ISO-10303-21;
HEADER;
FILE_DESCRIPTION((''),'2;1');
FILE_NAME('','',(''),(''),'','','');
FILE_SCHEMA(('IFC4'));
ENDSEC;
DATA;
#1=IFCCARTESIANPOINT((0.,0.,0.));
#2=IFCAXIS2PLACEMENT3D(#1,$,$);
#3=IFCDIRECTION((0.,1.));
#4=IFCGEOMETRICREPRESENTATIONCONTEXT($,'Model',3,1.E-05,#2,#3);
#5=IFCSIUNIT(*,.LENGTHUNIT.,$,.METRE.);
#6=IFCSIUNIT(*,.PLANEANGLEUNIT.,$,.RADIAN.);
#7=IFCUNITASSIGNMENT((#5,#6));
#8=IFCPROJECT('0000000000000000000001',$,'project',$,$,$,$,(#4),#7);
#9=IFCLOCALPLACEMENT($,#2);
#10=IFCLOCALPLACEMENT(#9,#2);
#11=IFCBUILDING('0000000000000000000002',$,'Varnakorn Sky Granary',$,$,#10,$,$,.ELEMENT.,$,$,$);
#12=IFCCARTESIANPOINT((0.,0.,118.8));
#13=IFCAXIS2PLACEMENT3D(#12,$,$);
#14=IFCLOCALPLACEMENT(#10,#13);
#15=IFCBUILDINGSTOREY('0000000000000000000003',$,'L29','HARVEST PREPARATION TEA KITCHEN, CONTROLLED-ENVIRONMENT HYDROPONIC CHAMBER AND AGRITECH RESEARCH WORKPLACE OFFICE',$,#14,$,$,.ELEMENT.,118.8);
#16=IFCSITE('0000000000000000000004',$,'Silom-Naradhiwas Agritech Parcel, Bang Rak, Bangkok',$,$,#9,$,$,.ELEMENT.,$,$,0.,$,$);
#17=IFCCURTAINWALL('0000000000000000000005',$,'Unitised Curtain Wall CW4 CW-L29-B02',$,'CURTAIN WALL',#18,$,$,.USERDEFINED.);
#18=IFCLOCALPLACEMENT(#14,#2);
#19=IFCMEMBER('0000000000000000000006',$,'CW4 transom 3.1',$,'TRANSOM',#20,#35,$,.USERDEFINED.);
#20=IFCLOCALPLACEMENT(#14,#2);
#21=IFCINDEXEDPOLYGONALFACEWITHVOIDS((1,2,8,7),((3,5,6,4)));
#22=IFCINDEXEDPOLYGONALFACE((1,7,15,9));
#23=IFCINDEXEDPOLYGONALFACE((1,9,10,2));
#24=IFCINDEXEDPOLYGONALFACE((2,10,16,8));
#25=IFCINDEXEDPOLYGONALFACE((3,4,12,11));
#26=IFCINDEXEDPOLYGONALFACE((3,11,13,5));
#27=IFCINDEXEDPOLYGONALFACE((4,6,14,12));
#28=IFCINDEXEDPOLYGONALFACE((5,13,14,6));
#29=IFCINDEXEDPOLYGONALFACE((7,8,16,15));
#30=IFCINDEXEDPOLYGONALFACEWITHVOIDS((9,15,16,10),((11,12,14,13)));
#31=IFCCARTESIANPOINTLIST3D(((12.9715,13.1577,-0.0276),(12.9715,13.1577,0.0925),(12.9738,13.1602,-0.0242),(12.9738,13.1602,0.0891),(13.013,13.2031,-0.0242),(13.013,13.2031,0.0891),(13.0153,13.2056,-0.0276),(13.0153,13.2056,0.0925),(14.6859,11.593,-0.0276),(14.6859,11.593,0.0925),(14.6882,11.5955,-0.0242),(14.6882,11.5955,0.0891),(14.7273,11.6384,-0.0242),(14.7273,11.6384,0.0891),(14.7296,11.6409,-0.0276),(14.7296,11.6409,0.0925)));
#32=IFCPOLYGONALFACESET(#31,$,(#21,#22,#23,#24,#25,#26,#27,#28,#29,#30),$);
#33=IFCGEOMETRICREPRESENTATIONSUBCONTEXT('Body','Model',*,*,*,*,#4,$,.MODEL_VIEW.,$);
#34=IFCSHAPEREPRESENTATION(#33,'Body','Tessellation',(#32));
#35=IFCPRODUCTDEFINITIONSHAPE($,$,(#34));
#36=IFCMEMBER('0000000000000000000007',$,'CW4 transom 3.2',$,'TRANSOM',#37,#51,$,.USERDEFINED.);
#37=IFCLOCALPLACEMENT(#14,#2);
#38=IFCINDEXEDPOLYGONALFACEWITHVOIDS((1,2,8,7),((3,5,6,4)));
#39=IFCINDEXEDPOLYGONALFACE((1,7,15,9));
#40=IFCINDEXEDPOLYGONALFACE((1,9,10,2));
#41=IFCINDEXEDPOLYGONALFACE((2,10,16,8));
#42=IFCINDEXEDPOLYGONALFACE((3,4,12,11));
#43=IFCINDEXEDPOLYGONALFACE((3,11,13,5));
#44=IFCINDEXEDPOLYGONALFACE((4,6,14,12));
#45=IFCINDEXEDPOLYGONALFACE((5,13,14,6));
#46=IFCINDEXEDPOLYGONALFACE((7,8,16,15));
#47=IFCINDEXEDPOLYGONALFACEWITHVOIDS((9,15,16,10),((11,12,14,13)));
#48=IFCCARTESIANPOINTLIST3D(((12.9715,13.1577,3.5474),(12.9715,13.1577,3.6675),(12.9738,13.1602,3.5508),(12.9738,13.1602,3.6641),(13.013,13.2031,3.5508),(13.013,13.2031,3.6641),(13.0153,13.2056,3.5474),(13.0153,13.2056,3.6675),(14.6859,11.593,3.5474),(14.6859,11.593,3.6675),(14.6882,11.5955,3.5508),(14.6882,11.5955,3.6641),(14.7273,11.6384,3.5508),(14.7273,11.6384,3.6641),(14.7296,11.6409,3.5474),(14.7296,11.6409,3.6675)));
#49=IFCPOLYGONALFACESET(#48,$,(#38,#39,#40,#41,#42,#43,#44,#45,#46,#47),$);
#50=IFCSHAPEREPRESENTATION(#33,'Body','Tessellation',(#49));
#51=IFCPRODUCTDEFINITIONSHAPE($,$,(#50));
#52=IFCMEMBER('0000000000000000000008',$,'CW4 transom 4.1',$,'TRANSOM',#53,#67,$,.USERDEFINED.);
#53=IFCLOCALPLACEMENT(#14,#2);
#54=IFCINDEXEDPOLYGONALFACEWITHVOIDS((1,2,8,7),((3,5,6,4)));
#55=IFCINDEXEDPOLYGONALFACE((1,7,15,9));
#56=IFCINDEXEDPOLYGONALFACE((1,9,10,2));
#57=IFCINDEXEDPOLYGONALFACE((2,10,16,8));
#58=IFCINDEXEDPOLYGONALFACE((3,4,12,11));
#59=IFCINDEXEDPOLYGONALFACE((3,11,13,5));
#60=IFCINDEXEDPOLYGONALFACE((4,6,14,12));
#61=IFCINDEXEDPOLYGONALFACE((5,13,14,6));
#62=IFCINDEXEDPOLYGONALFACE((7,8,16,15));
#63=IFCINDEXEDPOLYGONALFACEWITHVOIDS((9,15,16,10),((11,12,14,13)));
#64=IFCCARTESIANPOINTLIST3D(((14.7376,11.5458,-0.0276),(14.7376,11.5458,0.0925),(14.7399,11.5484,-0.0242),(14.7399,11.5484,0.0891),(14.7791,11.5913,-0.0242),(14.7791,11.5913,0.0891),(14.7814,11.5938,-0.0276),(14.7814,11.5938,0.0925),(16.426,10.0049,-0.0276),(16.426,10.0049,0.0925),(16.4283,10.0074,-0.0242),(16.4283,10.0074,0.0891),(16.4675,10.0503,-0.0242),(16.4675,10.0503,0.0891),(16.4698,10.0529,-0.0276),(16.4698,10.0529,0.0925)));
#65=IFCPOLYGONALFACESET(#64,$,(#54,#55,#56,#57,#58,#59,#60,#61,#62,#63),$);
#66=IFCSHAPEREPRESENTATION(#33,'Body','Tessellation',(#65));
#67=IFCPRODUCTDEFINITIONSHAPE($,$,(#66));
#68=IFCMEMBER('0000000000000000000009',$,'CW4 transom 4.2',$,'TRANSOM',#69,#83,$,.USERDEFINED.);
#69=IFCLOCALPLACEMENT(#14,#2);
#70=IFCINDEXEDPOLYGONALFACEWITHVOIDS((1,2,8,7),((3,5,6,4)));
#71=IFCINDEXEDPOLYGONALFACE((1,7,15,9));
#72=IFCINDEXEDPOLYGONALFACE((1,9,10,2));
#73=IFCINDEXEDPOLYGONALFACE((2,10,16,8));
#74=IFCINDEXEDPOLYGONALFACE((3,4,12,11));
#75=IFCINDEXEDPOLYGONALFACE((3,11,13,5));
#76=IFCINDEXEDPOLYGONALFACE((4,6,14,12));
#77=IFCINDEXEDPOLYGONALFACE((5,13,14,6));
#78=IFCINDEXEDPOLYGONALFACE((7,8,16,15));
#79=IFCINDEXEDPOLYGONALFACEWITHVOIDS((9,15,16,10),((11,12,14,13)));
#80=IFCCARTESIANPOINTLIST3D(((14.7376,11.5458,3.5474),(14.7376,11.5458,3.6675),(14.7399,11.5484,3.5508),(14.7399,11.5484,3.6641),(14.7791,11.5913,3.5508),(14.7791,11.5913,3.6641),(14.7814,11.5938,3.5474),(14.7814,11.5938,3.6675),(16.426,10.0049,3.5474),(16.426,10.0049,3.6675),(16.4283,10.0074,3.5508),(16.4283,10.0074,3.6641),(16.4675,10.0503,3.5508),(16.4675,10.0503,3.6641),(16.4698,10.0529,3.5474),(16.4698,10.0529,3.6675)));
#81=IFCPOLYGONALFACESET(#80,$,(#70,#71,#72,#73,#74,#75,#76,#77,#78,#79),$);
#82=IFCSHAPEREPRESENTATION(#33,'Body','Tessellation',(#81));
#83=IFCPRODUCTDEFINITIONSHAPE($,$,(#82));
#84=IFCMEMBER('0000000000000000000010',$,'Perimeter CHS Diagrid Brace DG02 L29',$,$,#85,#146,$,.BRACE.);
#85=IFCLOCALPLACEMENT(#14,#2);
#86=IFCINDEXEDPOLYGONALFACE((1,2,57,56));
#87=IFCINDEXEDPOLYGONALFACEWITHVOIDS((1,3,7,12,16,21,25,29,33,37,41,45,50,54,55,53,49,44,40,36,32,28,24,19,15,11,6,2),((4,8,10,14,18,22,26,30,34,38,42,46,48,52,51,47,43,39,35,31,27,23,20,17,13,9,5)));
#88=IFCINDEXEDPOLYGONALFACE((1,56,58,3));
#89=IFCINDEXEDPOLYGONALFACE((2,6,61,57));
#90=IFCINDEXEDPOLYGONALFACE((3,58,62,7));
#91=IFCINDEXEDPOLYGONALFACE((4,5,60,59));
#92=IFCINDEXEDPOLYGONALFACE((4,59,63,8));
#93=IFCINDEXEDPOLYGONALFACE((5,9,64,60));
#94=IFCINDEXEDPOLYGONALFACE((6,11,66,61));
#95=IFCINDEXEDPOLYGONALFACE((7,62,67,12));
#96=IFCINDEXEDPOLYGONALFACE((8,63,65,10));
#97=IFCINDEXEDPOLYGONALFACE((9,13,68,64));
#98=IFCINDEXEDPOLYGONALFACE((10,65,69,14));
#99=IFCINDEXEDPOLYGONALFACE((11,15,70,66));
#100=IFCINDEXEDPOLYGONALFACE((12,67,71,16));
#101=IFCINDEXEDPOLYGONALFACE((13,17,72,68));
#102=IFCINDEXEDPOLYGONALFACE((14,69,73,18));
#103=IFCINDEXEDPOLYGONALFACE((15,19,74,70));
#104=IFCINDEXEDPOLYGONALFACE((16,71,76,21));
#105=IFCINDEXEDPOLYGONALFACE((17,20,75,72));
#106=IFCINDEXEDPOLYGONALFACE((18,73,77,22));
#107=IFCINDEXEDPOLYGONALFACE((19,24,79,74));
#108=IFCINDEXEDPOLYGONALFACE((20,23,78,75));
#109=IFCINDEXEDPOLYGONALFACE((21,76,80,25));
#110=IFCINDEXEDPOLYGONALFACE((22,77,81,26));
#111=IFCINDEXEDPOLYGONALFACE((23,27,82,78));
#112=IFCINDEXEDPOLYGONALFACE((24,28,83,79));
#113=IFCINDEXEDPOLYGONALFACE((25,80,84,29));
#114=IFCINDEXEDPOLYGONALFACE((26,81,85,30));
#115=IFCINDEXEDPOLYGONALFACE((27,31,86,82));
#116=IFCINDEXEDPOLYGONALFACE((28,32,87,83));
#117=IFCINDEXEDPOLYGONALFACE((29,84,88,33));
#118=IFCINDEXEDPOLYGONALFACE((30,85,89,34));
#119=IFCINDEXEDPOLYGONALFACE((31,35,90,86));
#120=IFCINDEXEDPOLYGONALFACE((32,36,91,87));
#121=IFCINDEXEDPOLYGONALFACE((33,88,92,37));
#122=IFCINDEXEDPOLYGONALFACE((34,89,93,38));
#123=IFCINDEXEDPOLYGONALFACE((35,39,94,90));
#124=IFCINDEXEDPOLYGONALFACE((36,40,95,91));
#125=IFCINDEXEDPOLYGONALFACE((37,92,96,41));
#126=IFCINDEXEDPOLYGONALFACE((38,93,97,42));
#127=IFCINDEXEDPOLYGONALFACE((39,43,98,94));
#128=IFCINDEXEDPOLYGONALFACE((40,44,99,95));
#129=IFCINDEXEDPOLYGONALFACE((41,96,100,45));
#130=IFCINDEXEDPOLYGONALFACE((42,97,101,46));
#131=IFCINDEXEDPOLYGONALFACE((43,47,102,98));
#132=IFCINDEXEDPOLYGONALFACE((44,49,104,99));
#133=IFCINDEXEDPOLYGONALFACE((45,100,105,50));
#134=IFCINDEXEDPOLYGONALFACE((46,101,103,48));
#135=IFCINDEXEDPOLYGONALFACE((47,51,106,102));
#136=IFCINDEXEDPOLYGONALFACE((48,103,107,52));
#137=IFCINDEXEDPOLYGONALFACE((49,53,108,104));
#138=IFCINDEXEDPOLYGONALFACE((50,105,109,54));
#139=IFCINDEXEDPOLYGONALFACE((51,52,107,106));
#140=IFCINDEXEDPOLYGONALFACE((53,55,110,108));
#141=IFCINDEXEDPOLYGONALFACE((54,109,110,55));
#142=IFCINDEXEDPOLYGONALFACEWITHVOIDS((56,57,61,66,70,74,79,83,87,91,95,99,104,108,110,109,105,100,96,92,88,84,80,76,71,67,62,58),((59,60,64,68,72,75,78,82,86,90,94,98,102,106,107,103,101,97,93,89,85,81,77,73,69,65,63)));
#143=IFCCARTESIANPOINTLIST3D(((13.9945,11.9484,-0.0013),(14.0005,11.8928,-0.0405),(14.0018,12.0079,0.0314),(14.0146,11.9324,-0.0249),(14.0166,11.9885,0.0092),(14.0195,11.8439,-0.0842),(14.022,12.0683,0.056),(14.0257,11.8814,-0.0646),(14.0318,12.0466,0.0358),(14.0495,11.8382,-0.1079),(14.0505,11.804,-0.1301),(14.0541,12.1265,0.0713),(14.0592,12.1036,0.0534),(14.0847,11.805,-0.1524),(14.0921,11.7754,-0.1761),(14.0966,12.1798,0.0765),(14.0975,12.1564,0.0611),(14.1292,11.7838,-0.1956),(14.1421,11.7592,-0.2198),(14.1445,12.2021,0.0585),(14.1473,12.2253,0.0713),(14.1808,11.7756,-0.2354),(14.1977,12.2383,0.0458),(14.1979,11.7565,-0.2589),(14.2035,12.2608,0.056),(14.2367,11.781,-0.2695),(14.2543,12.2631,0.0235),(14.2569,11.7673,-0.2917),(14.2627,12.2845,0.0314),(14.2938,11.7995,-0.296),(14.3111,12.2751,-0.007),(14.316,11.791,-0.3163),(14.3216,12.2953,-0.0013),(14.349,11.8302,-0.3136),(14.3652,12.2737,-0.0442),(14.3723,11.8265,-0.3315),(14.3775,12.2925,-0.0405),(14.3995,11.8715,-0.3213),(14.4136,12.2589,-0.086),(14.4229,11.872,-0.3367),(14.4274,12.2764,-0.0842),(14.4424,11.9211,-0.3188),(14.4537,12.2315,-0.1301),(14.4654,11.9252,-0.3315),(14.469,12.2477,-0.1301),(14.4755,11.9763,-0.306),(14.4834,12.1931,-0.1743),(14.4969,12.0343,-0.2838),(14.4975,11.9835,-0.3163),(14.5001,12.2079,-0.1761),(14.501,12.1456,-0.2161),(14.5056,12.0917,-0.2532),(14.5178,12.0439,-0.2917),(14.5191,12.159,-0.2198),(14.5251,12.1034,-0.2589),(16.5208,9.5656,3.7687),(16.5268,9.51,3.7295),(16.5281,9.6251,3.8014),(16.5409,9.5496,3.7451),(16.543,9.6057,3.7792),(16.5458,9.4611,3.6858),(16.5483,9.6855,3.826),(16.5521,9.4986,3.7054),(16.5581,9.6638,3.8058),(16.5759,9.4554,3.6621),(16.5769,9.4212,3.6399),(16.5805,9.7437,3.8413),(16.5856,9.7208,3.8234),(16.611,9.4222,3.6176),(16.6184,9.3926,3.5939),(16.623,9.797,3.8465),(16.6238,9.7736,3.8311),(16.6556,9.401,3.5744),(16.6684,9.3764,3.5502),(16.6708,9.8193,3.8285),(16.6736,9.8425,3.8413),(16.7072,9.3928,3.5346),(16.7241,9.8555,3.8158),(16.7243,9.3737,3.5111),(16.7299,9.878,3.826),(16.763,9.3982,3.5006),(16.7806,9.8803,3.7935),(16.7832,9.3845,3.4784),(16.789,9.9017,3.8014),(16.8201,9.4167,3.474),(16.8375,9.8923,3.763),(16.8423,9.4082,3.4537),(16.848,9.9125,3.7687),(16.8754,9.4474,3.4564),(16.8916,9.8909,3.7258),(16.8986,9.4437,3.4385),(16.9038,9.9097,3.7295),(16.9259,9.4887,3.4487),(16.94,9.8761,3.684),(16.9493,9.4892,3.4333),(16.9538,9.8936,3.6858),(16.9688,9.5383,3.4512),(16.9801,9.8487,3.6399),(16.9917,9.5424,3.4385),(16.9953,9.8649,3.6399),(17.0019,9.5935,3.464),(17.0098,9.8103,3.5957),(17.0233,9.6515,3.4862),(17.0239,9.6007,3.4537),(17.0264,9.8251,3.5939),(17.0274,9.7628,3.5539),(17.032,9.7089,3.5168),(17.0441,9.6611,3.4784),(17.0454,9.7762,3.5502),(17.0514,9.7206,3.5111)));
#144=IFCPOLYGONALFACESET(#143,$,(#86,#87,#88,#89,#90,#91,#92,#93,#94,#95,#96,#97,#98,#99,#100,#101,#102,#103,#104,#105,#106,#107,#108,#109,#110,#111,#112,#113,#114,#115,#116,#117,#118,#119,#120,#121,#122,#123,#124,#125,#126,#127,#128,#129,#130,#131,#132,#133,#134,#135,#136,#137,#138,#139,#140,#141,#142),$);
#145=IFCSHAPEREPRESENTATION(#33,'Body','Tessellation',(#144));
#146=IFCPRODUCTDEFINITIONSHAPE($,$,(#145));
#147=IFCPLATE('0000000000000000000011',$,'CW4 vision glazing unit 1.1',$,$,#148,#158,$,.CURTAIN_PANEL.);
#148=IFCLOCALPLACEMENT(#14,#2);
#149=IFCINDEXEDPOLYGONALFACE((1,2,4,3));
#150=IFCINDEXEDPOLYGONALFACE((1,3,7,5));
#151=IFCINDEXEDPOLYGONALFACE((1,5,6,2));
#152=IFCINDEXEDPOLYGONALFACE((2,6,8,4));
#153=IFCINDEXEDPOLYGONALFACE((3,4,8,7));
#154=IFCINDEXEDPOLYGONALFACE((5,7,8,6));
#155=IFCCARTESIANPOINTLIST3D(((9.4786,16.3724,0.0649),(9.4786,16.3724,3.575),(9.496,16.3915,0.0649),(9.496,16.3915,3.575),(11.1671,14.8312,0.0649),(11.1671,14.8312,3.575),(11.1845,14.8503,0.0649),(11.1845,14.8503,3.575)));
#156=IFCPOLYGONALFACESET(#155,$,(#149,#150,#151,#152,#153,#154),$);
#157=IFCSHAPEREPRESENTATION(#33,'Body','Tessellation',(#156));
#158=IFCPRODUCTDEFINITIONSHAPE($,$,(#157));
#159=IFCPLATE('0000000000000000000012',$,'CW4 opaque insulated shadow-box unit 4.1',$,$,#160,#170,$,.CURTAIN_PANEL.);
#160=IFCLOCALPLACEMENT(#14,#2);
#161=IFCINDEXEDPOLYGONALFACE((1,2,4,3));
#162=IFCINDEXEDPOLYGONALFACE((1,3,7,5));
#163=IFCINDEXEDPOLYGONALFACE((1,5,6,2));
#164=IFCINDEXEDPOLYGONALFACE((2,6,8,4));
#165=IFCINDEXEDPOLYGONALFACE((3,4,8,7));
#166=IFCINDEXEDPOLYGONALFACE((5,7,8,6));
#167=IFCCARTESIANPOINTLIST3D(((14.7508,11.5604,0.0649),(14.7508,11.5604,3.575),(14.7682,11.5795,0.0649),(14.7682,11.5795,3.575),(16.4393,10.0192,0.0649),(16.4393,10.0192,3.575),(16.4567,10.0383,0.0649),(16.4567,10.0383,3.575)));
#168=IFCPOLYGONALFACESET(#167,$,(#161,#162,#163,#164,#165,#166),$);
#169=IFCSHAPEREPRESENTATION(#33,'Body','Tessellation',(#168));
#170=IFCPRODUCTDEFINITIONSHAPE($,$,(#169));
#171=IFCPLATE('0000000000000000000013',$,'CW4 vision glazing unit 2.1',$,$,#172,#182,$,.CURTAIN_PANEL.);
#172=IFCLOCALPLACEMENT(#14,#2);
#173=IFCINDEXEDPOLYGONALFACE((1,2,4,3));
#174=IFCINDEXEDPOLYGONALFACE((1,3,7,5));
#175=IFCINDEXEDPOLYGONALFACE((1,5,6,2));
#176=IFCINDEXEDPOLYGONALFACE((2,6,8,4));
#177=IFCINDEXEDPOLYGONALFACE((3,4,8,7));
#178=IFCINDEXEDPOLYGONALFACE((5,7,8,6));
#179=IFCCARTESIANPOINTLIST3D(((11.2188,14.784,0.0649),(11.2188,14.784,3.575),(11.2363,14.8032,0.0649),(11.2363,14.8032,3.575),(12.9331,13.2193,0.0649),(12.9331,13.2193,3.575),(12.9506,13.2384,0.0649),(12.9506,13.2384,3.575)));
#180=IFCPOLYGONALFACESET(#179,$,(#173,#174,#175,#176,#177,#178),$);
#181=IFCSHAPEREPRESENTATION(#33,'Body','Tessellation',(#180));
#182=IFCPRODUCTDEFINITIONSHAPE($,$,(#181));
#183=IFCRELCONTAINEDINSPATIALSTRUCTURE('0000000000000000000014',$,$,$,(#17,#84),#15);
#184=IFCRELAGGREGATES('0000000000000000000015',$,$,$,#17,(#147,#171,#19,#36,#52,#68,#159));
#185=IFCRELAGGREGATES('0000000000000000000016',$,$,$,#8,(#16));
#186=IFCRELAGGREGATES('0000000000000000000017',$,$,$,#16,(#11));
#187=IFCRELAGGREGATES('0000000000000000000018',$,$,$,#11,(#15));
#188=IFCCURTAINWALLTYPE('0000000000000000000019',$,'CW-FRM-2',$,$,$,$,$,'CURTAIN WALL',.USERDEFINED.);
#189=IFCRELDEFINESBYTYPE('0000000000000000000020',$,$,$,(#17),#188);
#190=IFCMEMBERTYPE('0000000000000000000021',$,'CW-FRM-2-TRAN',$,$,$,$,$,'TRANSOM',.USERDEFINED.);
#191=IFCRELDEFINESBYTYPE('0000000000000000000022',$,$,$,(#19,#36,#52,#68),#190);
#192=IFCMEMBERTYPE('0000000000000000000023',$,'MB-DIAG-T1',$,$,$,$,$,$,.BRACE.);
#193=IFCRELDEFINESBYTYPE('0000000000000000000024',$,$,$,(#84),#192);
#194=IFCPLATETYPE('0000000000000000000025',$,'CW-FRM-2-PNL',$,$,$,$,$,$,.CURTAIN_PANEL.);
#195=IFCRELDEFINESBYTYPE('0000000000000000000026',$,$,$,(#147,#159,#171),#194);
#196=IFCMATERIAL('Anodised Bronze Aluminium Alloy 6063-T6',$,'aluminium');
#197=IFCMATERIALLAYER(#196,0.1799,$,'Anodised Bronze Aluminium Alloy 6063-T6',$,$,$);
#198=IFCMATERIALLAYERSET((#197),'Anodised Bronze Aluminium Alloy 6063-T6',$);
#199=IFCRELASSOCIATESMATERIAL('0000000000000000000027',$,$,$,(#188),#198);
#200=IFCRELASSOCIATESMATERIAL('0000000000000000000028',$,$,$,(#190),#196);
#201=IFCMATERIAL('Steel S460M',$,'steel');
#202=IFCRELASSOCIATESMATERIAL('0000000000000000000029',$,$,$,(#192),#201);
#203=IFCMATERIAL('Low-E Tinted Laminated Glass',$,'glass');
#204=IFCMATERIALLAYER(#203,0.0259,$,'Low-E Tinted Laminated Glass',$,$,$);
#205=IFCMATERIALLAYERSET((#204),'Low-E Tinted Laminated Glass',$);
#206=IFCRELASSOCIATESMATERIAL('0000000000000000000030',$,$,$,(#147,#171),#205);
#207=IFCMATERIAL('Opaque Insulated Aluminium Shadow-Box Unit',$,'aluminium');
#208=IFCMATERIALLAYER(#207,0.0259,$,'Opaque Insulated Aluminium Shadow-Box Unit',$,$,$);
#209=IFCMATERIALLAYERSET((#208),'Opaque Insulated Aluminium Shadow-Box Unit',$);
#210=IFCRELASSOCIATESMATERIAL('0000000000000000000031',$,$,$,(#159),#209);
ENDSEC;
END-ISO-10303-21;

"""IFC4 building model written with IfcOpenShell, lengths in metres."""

from ifc_helpers import new_model, si_unit, direction, frame, origin, origin_2d, place, context, subcontext, project, spatial, rectangle, hollow_rectangle, hollow_circle, extrude, source, transform, mapped, material, layer, layer_set, material_profile, profile_set, type_object, type_shapes, element, aggregate, save


model = new_model("IFC4")

# Units and contexts
model_context = context("Model", 3, precision=1e-05, world=origin(), true_north=direction((0.0, 1.0)))
body_context = subcontext(model_context, "Body", "Model", "MODEL_VIEW")
ifc_project = project(units=[si_unit("LENGTHUNIT", "METRE"), si_unit("PLANEANGLEUNIT", "RADIAN")], contexts=[model_context])

# Site, building, storey
site_placement = place(None, origin())
site = spatial("IfcSite", under=ifc_project, at=site_placement, Name="Silom-Naradhiwas Agritech Parcel, Bang Rak, Bangkok", CompositionType="ELEMENT", RefElevation=0.0)
building_placement = place(site_placement, origin())
building = spatial("IfcBuilding", under=site, at=building_placement, Name="Varnakorn Sky Granary", CompositionType="ELEMENT")
storey_placement = place(building_placement, frame((0.0, 0.0, 118.8)))
storey = spatial("IfcBuildingStorey", under=building, at=storey_placement, Name="L29", Description="HARVEST PREPARATION TEA KITCHEN, CONTROLLED-ENVIRONMENT HYDROPONIC CHAMBER AND AGRITECH RESEARCH WORKPLACE OFFICE", CompositionType="ELEMENT", Elevation=118.8)

# Curtain wall, members
ifc_material_1 = material(Name="Anodised Bronze Aluminium Alloy 6063-T6", Category="aluminium")
ifc_layer_1 = layer(ifc_material_1, 0.1799, Name="Anodised Bronze Aluminium Alloy 6063-T6")
ifc_layer_set_1 = layer_set([ifc_layer_1], Name="Anodised Bronze Aluminium Alloy 6063-T6")
curtain_wall_type = type_object("IfcCurtainWallType", Name="CW-FRM-2", ElementType="CURTAIN WALL", PredefinedType="USERDEFINED", material=ifc_layer_set_1)
curtain_wall_placement = place(storey_placement, origin())
curtain_wall = element("IfcCurtainWall", 1, at=curtain_wall_placement, inside=storey, type_object=curtain_wall_type, Name="Unitised Curtain Wall CW4 CW-L29-B02", ObjectType="CURTAIN WALL", PredefinedType="USERDEFINED")
ifc_material_profile_1 = material_profile(ifc_material_1, hollow_rectangle(XDim=0.0649, YDim=0.1201, WallThickness=0.0034, at=origin_2d()), Name="ALU TRAN 65x120")
ifc_profile_set_1 = profile_set([ifc_material_profile_1], Name="Anodised Bronze Aluminium Alloy 6063-T6")
member_type_1 = type_object("IfcMemberType", Name="CW-FRM-2-TRAN", ElementType="TRANSOM", PredefinedType="USERDEFINED", material=ifc_profile_set_1)
member_1_placement = place(storey_placement, frame((12.9934, 13.1816, 0.0325), z_axis=(0.738611, -0.674132, 0.0), x_axis=(0.674132, 0.738611, 0.0)))
member_1 = element("IfcMember", 2, at=member_1_placement, type_object=member_type_1, Name="CW4 transom 3.1", ObjectType="TRANSOM", PredefinedType="USERDEFINED", context=body_context, shape_type="SweptSolid", body=[
    extrude(hollow_rectangle(XDim=0.0649, YDim=0.1201, WallThickness=0.0034, at=origin_2d()), origin(), (0.0, 0.0, 1.0), 2.321),
])
member_2_placement = place(storey_placement, frame((12.9934, 13.1816, 3.6074), z_axis=(0.738611, -0.674132, 0.0), x_axis=(0.674132, 0.738611, 0.0)))
member_2 = element("IfcMember", 3, at=member_2_placement, type_object=member_type_1, Name="CW4 transom 3.2", ObjectType="TRANSOM", PredefinedType="USERDEFINED", context=body_context, shape_type="SweptSolid", body=[
    extrude(hollow_rectangle(XDim=0.0649, YDim=0.1201, WallThickness=0.0034, at=origin_2d()), origin(), (0.0, 0.0, 1.0), 2.321),
])
member_3_placement = place(storey_placement, frame((14.7595, 11.5698, 0.0325), z_axis=(0.738624, -0.674117, 0.0), x_axis=(0.674117, 0.738624, 0.0)))
member_3 = element("IfcMember", 4, at=member_3_placement, type_object=member_type_1, Name="CW4 transom 4.1", ObjectType="TRANSOM", PredefinedType="USERDEFINED", context=body_context, shape_type="SweptSolid", body=[
    extrude(hollow_rectangle(XDim=0.0649, YDim=0.1201, WallThickness=0.0034, at=origin_2d()), origin(), (0.0, 0.0, 1.0), 2.2859),
])
member_4_placement = place(storey_placement, frame((14.7595, 11.5698, 3.6074), z_axis=(0.738624, -0.674117, 0.0), x_axis=(0.674117, 0.738624, 0.0)))
member_4 = element("IfcMember", 5, at=member_4_placement, type_object=member_type_1, Name="CW4 transom 4.2", ObjectType="TRANSOM", PredefinedType="USERDEFINED", context=body_context, shape_type="SweptSolid", body=[
    extrude(hollow_rectangle(XDim=0.0649, YDim=0.1201, WallThickness=0.0034, at=origin_2d()), origin(), (0.0, 0.0, 1.0), 2.2859),
])

# Member
ifc_material_2 = material(Name="Steel S460M", Category="steel")
ifc_material_profile_2 = material_profile(ifc_material_2, hollow_circle(Radius=0.3049, WallThickness=0.0222, at=origin_2d()), Name="CHS 610x22")
ifc_profile_set_2 = profile_set([ifc_material_profile_2], Name="Steel S460M")
member_type_2 = type_object("IfcMemberType", Name="MB-DIAG-T1", PredefinedType="BRACE", material=ifc_profile_set_2)
member_5_placement = place(storey_placement, frame((14.2598, 12.0259, -0.1301), z_axis=(0.492877, -0.46487, 0.735505), x_axis=(0.686136, 0.727473, 0.0)))
element("IfcMember", 6, at=member_5_placement, inside=storey, type_object=member_type_2, Name="Perimeter CHS Diagrid Brace DG02 L29", PredefinedType="BRACE", context=body_context, shape_type="SweptSolid", body=[
    extrude(hollow_circle(Radius=0.3049, WallThickness=0.0222, at=origin_2d()), origin(), (0.0, 0.0, 1.0), 5.1257),
])

# Plates
ifc_material_3 = material(Name="Low-E Tinted Laminated Glass", Category="glass")
ifc_layer_2 = layer(ifc_material_3, 0.0259, Name="Low-E Tinted Laminated Glass")
ifc_layer_set_2 = layer_set([ifc_layer_2], Name="Low-E Tinted Laminated Glass")
plate_type = type_object("IfcPlateType", Name="CW-FRM-2-PNL", PredefinedType="CURTAIN_PANEL")
shared_shape_1 = source(origin(), body_context, "Body", "SweptSolid", [
    extrude(rectangle(XDim=2.2861, YDim=0.0259, at=origin_2d()), origin(), (0.0, 0.0, 1.0), 3.51),
])
plate_1_placement = place(storey_placement, frame((10.3315, 15.6113, 0.0649), z_axis=(0.0, 0.0, 1.0), x_axis=(0.738592, -0.674153, 0.0)))
plate_1 = element("IfcPlate", 7, at=plate_1_placement, type_object=plate_type, material=ifc_layer_set_2, Name="CW4 vision glazing unit 1.1", PredefinedType="CURTAIN_PANEL", context=body_context, shape_type="MappedRepresentation", body=[
    mapped(shared_shape_1, transform((0.0, 0.0, 0.0), x_axis=(1.0, 0.0, 0.0), y_axis=(0.0, 1.0, 0.0), z_axis=(0.0, 0.0, 1.0), scale=1.0)),
])
ifc_material_4 = material(Name="Opaque Insulated Aluminium Shadow-Box Unit", Category="aluminium")
ifc_layer_3 = layer(ifc_material_4, 0.0259, Name="Opaque Insulated Aluminium Shadow-Box Unit")
ifc_layer_set_3 = layer_set([ifc_layer_3], Name="Opaque Insulated Aluminium Shadow-Box Unit")
plate_2_placement = place(storey_placement, frame((15.6038, 10.7993, 0.0649), z_axis=(0.0, 0.0, 1.0), x_axis=(0.738592, -0.674153, 0.0)))
plate_2 = element("IfcPlate", 8, at=plate_2_placement, type_object=plate_type, material=ifc_layer_set_3, Name="CW4 opaque insulated shadow-box unit 4.1", PredefinedType="CURTAIN_PANEL", context=body_context, shape_type="MappedRepresentation", body=[
    mapped(shared_shape_1, transform((0.0, 0.0, 0.0), x_axis=(1.0, 0.0, 0.0), y_axis=(0.0, 1.0, 0.0), z_axis=(0.0, 0.0, 1.0), scale=1.0)),
])
shared_shape_2 = source(origin(), body_context, "Body", "SweptSolid", [
    extrude(rectangle(XDim=2.321, YDim=0.0259, at=origin_2d()), origin(), (0.0, 0.0, 1.0), 3.51),
])
type_shapes(plate_type, [shared_shape_1, shared_shape_2])
plate_3_placement = place(storey_placement, frame((12.0847, 14.0112, 0.0649), z_axis=(0.0, 0.0, 1.0), x_axis=(0.738592, -0.674153, 0.0)))
plate_3 = element("IfcPlate", 9, at=plate_3_placement, type_object=plate_type, material=ifc_layer_set_2, Name="CW4 vision glazing unit 2.1", PredefinedType="CURTAIN_PANEL", context=body_context, shape_type="MappedRepresentation", body=[
    mapped(shared_shape_2, transform((0.0, 0.0, 0.0), x_axis=(1.0, 0.0, 0.0), y_axis=(0.0, 1.0, 0.0), z_axis=(0.0, 0.0, 1.0), scale=1.0)),
])
aggregate(curtain_wall, [plate_1, plate_3, member_1, member_2, member_3, member_4, plate_2])

save(model, "model.ifc")
